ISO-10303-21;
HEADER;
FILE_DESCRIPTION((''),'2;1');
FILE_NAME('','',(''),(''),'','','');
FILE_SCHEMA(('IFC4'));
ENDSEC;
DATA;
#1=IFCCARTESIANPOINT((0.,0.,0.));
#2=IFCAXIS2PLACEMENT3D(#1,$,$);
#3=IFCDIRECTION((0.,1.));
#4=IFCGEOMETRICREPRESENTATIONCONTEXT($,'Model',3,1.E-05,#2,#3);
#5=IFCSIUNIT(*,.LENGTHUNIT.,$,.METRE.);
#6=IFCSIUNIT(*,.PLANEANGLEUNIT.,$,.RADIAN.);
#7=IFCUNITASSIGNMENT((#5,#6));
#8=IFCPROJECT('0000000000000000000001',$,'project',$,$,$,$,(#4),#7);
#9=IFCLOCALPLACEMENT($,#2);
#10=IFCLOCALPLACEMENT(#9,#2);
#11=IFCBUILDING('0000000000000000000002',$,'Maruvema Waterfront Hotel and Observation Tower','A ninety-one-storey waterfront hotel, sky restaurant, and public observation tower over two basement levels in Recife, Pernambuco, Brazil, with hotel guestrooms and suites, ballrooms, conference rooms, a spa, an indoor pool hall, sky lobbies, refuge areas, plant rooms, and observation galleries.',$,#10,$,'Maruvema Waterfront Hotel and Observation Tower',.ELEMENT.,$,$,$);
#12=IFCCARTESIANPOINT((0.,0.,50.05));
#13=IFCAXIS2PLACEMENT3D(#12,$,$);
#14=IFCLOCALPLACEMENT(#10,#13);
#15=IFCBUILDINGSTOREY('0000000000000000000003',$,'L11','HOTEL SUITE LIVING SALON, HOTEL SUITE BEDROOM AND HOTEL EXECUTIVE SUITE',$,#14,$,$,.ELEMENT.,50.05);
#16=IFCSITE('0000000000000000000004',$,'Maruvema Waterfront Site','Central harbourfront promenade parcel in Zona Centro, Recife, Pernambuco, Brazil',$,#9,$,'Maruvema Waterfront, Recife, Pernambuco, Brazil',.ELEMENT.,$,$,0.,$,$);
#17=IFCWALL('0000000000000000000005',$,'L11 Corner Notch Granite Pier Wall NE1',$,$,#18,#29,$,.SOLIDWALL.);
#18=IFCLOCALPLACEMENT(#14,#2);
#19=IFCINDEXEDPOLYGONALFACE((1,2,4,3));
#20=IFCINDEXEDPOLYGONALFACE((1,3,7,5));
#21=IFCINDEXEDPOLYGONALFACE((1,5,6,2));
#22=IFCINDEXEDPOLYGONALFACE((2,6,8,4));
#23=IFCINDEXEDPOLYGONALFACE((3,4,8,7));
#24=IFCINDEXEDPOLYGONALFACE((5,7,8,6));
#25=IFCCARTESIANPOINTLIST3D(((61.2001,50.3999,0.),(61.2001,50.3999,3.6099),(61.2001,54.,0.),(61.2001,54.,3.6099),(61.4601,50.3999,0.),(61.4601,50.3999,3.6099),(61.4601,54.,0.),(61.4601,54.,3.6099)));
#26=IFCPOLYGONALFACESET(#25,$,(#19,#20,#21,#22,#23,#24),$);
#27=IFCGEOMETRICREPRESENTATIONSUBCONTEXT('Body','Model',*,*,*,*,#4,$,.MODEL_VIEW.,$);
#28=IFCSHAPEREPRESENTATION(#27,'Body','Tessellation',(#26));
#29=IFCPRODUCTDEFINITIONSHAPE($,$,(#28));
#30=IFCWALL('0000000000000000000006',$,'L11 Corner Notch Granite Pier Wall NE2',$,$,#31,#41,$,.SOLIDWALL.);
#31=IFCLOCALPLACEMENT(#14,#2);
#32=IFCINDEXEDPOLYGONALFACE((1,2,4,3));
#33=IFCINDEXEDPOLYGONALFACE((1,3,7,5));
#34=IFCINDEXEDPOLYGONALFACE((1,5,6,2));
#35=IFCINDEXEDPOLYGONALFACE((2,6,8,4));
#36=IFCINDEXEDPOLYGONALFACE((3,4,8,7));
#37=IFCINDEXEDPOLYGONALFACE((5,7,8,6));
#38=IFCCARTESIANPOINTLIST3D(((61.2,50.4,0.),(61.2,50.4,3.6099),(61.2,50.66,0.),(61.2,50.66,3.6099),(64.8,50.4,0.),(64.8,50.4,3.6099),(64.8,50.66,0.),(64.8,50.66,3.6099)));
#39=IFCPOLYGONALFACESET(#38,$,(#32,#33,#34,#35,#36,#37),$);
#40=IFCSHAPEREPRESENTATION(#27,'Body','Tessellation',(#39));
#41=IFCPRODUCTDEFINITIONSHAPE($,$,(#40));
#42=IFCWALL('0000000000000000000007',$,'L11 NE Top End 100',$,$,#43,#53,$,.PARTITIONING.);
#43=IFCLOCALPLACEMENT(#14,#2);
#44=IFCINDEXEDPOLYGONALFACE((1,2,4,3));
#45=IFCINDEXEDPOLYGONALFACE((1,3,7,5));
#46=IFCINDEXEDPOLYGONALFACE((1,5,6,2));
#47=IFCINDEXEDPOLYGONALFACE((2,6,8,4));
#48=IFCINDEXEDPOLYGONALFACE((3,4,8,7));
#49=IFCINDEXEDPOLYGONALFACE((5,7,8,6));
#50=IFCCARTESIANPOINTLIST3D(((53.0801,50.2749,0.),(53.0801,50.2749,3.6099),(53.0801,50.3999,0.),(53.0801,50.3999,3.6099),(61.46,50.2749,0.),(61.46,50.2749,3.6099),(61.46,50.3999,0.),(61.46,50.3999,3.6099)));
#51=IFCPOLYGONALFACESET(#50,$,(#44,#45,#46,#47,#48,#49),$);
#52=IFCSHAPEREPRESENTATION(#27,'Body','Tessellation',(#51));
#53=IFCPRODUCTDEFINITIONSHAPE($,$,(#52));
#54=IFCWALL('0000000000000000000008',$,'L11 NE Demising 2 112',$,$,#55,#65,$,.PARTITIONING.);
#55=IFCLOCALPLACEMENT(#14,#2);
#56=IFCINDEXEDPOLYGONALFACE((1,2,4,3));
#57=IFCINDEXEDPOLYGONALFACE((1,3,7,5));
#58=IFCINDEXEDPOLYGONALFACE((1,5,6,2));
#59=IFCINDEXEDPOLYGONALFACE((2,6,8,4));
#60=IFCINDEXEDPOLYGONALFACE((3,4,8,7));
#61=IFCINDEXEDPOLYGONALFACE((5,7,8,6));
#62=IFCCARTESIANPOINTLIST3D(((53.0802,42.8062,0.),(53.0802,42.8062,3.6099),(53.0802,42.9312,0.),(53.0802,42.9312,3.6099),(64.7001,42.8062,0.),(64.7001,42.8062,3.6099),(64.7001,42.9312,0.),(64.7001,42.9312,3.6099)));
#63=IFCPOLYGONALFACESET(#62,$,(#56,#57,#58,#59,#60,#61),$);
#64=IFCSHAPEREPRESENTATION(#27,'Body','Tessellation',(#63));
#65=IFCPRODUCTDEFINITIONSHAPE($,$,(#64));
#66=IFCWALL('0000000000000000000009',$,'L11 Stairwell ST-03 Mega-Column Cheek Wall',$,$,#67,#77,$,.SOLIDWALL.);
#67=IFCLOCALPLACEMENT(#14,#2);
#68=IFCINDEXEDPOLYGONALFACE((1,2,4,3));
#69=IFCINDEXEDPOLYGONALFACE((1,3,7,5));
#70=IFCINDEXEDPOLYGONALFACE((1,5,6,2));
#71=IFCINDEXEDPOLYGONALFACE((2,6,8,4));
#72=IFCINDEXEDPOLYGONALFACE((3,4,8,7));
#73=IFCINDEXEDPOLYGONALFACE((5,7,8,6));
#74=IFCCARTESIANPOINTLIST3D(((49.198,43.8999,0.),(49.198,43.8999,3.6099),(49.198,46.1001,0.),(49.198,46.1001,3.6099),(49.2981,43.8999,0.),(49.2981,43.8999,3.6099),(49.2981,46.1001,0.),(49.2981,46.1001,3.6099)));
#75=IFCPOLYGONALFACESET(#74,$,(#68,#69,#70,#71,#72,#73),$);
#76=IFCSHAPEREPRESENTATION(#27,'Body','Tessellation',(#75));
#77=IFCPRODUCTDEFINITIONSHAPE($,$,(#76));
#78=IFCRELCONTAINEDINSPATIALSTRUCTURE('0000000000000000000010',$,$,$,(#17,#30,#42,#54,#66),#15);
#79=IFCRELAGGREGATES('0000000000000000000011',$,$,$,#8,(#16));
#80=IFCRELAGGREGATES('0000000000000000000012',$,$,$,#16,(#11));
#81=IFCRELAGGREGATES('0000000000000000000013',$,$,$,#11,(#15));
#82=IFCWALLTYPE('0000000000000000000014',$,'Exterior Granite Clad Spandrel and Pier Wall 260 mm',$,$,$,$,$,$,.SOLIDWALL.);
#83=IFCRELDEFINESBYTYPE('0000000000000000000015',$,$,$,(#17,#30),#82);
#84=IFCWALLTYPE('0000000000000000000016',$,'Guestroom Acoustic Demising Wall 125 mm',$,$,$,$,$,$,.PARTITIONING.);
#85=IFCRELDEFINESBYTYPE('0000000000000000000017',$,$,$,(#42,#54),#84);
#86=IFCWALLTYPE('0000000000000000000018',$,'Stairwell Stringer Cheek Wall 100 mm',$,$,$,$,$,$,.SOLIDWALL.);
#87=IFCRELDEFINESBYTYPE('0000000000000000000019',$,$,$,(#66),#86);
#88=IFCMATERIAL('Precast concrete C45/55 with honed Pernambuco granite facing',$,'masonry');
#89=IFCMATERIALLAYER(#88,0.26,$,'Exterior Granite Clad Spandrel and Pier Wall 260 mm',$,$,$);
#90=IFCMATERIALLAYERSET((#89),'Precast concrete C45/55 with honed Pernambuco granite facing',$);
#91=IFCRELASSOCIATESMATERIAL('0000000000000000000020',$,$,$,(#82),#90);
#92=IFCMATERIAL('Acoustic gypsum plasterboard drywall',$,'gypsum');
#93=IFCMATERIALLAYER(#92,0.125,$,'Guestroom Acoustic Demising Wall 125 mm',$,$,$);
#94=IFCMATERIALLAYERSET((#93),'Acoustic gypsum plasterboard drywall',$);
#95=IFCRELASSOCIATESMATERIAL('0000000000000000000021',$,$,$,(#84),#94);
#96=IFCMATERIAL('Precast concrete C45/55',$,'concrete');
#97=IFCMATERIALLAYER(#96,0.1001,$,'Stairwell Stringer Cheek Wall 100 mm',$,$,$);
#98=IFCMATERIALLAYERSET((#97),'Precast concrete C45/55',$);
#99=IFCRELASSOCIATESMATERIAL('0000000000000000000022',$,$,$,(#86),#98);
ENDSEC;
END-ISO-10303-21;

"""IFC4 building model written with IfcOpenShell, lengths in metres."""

from ifc_helpers import new_model, si_unit, direction, frame, frame_2d, origin, place, context, subcontext, project, spatial, rectangle, extrude, material, layer, layer_set, type_object, element, save


model = new_model("IFC4")

# Units and contexts
model_context = context("Model", 3, precision=1e-05, world=origin(), true_north=direction((0.0, 1.0)))
body_context = subcontext(model_context, "Body", "Model", "MODEL_VIEW")
ifc_project = project(units=[si_unit("LENGTHUNIT", "METRE"), si_unit("PLANEANGLEUNIT", "RADIAN")], contexts=[model_context])

# Site, building, storey
site_placement = place(None, origin())
site = spatial("IfcSite", under=ifc_project, at=site_placement, Name="Maruvema Waterfront Site", Description="Central harbourfront promenade parcel in Zona Centro, Recife, Pernambuco, Brazil", LongName="Maruvema Waterfront, Recife, Pernambuco, Brazil", CompositionType="ELEMENT", RefElevation=0.0)
building_placement = place(site_placement, origin())
building = spatial("IfcBuilding", under=site, at=building_placement, Name="Maruvema Waterfront Hotel and Observation Tower", Description="A ninety-one-storey waterfront hotel, sky restaurant, and public observation tower over two basement levels in Recife, Pernambuco, Brazil, with hotel guestrooms and suites, ballrooms, conference rooms, a spa, an indoor pool hall, sky lobbies, refuge areas, plant rooms, and observation galleries.", LongName="Maruvema Waterfront Hotel and Observation Tower", CompositionType="ELEMENT")
storey_placement = place(building_placement, frame((0.0, 0.0, 50.05)))
storey = spatial("IfcBuildingStorey", under=building, at=storey_placement, Name="L11", Description="HOTEL SUITE LIVING SALON, HOTEL SUITE BEDROOM AND HOTEL EXECUTIVE SUITE", CompositionType="ELEMENT", Elevation=50.05)

# Walls
ifc_material_1 = material(Name="Precast concrete C45/55 with honed Pernambuco granite facing", Category="masonry")
ifc_layer_1 = layer(ifc_material_1, 0.26, Name="Exterior Granite Clad Spandrel and Pier Wall 260 mm")
ifc_layer_set_1 = layer_set([ifc_layer_1], Name="Precast concrete C45/55 with honed Pernambuco granite facing")
wall_type_1 = type_object("IfcWallType", Name="Exterior Granite Clad Spandrel and Pier Wall 260 mm", PredefinedType="SOLIDWALL", material=ifc_layer_set_1)
for number, where, z_axis, x_axis, name in (
    (1, (61.3301, 54.0, 0.0), (0.0, 0.0, 1.0), (0.0, -1.0, 0.0), "L11 Corner Notch Granite Pier Wall NE1"),
    (2, (61.2, 50.53, 0.0), (0.0, 0.0, 1.0), (1.0, 0.0, 0.0), "L11 Corner Notch Granite Pier Wall NE2"),
):
    element("IfcWall", number, at=place(storey_placement, frame(where, z_axis=z_axis, x_axis=x_axis)), inside=storey, type_object=wall_type_1, Name=name, PredefinedType="SOLIDWALL", context=body_context, shape_type="SweptSolid", body=[
        extrude(rectangle(XDim=3.6001, YDim=0.26, at=frame_2d((1.8, 0.0))), origin(), (0.0, 0.0, 1.0), 3.6099),
    ])
ifc_material_2 = material(Name="Acoustic gypsum plasterboard drywall", Category="gypsum")
ifc_layer_2 = layer(ifc_material_2, 0.125, Name="Guestroom Acoustic Demising Wall 125 mm")
ifc_layer_set_2 = layer_set([ifc_layer_2], Name="Acoustic gypsum plasterboard drywall")
wall_type_2 = type_object("IfcWallType", Name="Guestroom Acoustic Demising Wall 125 mm", PredefinedType="PARTITIONING", material=ifc_layer_set_2)
wall_1_placement = place(storey_placement, frame((53.0801, 50.3374, 0.0), z_axis=(0.0, 0.0, 1.0), x_axis=(1.0, 0.0, 0.0)))
element("IfcWall", 3, at=wall_1_placement, inside=storey, type_object=wall_type_2, Name="L11 NE Top End 100", PredefinedType="PARTITIONING", context=body_context, shape_type="SweptSolid", body=[
    extrude(rectangle(XDim=8.3799, YDim=0.125, at=frame_2d((4.1899, 0.0))), origin(), (0.0, 0.0, 1.0), 3.6099),
])
wall_2_placement = place(storey_placement, frame((53.0801, 42.8687, 0.0), z_axis=(0.0, 0.0, 1.0), x_axis=(1.0, 0.0, 0.0)))
element("IfcWall", 4, at=wall_2_placement, inside=storey, type_object=wall_type_2, Name="L11 NE Demising 2 112", PredefinedType="PARTITIONING", context=body_context, shape_type="SweptSolid", body=[
    extrude(rectangle(XDim=11.6199, YDim=0.125, at=frame_2d((5.8101, 0.0))), origin(), (0.0, 0.0, 1.0), 3.6099),
])
ifc_material_3 = material(Name="Precast concrete C45/55", Category="concrete")
ifc_layer_3 = layer(ifc_material_3, 0.1001, Name="Stairwell Stringer Cheek Wall 100 mm")
ifc_layer_set_3 = layer_set([ifc_layer_3], Name="Precast concrete C45/55")
wall_type_3 = type_object("IfcWallType", Name="Stairwell Stringer Cheek Wall 100 mm", PredefinedType="SOLIDWALL", material=ifc_layer_set_3)
wall_3_placement = place(storey_placement, frame((49.248, 43.8999, 0.0), z_axis=(0.0, 0.0, 1.0), x_axis=(0.0, 1.0, 0.0)))
element("IfcWall", 5, at=wall_3_placement, inside=storey, type_object=wall_type_3, Name="L11 Stairwell ST-03 Mega-Column Cheek Wall", PredefinedType="SOLIDWALL", context=body_context, shape_type="SweptSolid", body=[
    extrude(rectangle(XDim=2.2002, YDim=0.1001, at=frame_2d((1.1001, 0.0))), origin(), (0.0, 0.0, 1.0), 3.6099),
])

save(model, "model.ifc")
